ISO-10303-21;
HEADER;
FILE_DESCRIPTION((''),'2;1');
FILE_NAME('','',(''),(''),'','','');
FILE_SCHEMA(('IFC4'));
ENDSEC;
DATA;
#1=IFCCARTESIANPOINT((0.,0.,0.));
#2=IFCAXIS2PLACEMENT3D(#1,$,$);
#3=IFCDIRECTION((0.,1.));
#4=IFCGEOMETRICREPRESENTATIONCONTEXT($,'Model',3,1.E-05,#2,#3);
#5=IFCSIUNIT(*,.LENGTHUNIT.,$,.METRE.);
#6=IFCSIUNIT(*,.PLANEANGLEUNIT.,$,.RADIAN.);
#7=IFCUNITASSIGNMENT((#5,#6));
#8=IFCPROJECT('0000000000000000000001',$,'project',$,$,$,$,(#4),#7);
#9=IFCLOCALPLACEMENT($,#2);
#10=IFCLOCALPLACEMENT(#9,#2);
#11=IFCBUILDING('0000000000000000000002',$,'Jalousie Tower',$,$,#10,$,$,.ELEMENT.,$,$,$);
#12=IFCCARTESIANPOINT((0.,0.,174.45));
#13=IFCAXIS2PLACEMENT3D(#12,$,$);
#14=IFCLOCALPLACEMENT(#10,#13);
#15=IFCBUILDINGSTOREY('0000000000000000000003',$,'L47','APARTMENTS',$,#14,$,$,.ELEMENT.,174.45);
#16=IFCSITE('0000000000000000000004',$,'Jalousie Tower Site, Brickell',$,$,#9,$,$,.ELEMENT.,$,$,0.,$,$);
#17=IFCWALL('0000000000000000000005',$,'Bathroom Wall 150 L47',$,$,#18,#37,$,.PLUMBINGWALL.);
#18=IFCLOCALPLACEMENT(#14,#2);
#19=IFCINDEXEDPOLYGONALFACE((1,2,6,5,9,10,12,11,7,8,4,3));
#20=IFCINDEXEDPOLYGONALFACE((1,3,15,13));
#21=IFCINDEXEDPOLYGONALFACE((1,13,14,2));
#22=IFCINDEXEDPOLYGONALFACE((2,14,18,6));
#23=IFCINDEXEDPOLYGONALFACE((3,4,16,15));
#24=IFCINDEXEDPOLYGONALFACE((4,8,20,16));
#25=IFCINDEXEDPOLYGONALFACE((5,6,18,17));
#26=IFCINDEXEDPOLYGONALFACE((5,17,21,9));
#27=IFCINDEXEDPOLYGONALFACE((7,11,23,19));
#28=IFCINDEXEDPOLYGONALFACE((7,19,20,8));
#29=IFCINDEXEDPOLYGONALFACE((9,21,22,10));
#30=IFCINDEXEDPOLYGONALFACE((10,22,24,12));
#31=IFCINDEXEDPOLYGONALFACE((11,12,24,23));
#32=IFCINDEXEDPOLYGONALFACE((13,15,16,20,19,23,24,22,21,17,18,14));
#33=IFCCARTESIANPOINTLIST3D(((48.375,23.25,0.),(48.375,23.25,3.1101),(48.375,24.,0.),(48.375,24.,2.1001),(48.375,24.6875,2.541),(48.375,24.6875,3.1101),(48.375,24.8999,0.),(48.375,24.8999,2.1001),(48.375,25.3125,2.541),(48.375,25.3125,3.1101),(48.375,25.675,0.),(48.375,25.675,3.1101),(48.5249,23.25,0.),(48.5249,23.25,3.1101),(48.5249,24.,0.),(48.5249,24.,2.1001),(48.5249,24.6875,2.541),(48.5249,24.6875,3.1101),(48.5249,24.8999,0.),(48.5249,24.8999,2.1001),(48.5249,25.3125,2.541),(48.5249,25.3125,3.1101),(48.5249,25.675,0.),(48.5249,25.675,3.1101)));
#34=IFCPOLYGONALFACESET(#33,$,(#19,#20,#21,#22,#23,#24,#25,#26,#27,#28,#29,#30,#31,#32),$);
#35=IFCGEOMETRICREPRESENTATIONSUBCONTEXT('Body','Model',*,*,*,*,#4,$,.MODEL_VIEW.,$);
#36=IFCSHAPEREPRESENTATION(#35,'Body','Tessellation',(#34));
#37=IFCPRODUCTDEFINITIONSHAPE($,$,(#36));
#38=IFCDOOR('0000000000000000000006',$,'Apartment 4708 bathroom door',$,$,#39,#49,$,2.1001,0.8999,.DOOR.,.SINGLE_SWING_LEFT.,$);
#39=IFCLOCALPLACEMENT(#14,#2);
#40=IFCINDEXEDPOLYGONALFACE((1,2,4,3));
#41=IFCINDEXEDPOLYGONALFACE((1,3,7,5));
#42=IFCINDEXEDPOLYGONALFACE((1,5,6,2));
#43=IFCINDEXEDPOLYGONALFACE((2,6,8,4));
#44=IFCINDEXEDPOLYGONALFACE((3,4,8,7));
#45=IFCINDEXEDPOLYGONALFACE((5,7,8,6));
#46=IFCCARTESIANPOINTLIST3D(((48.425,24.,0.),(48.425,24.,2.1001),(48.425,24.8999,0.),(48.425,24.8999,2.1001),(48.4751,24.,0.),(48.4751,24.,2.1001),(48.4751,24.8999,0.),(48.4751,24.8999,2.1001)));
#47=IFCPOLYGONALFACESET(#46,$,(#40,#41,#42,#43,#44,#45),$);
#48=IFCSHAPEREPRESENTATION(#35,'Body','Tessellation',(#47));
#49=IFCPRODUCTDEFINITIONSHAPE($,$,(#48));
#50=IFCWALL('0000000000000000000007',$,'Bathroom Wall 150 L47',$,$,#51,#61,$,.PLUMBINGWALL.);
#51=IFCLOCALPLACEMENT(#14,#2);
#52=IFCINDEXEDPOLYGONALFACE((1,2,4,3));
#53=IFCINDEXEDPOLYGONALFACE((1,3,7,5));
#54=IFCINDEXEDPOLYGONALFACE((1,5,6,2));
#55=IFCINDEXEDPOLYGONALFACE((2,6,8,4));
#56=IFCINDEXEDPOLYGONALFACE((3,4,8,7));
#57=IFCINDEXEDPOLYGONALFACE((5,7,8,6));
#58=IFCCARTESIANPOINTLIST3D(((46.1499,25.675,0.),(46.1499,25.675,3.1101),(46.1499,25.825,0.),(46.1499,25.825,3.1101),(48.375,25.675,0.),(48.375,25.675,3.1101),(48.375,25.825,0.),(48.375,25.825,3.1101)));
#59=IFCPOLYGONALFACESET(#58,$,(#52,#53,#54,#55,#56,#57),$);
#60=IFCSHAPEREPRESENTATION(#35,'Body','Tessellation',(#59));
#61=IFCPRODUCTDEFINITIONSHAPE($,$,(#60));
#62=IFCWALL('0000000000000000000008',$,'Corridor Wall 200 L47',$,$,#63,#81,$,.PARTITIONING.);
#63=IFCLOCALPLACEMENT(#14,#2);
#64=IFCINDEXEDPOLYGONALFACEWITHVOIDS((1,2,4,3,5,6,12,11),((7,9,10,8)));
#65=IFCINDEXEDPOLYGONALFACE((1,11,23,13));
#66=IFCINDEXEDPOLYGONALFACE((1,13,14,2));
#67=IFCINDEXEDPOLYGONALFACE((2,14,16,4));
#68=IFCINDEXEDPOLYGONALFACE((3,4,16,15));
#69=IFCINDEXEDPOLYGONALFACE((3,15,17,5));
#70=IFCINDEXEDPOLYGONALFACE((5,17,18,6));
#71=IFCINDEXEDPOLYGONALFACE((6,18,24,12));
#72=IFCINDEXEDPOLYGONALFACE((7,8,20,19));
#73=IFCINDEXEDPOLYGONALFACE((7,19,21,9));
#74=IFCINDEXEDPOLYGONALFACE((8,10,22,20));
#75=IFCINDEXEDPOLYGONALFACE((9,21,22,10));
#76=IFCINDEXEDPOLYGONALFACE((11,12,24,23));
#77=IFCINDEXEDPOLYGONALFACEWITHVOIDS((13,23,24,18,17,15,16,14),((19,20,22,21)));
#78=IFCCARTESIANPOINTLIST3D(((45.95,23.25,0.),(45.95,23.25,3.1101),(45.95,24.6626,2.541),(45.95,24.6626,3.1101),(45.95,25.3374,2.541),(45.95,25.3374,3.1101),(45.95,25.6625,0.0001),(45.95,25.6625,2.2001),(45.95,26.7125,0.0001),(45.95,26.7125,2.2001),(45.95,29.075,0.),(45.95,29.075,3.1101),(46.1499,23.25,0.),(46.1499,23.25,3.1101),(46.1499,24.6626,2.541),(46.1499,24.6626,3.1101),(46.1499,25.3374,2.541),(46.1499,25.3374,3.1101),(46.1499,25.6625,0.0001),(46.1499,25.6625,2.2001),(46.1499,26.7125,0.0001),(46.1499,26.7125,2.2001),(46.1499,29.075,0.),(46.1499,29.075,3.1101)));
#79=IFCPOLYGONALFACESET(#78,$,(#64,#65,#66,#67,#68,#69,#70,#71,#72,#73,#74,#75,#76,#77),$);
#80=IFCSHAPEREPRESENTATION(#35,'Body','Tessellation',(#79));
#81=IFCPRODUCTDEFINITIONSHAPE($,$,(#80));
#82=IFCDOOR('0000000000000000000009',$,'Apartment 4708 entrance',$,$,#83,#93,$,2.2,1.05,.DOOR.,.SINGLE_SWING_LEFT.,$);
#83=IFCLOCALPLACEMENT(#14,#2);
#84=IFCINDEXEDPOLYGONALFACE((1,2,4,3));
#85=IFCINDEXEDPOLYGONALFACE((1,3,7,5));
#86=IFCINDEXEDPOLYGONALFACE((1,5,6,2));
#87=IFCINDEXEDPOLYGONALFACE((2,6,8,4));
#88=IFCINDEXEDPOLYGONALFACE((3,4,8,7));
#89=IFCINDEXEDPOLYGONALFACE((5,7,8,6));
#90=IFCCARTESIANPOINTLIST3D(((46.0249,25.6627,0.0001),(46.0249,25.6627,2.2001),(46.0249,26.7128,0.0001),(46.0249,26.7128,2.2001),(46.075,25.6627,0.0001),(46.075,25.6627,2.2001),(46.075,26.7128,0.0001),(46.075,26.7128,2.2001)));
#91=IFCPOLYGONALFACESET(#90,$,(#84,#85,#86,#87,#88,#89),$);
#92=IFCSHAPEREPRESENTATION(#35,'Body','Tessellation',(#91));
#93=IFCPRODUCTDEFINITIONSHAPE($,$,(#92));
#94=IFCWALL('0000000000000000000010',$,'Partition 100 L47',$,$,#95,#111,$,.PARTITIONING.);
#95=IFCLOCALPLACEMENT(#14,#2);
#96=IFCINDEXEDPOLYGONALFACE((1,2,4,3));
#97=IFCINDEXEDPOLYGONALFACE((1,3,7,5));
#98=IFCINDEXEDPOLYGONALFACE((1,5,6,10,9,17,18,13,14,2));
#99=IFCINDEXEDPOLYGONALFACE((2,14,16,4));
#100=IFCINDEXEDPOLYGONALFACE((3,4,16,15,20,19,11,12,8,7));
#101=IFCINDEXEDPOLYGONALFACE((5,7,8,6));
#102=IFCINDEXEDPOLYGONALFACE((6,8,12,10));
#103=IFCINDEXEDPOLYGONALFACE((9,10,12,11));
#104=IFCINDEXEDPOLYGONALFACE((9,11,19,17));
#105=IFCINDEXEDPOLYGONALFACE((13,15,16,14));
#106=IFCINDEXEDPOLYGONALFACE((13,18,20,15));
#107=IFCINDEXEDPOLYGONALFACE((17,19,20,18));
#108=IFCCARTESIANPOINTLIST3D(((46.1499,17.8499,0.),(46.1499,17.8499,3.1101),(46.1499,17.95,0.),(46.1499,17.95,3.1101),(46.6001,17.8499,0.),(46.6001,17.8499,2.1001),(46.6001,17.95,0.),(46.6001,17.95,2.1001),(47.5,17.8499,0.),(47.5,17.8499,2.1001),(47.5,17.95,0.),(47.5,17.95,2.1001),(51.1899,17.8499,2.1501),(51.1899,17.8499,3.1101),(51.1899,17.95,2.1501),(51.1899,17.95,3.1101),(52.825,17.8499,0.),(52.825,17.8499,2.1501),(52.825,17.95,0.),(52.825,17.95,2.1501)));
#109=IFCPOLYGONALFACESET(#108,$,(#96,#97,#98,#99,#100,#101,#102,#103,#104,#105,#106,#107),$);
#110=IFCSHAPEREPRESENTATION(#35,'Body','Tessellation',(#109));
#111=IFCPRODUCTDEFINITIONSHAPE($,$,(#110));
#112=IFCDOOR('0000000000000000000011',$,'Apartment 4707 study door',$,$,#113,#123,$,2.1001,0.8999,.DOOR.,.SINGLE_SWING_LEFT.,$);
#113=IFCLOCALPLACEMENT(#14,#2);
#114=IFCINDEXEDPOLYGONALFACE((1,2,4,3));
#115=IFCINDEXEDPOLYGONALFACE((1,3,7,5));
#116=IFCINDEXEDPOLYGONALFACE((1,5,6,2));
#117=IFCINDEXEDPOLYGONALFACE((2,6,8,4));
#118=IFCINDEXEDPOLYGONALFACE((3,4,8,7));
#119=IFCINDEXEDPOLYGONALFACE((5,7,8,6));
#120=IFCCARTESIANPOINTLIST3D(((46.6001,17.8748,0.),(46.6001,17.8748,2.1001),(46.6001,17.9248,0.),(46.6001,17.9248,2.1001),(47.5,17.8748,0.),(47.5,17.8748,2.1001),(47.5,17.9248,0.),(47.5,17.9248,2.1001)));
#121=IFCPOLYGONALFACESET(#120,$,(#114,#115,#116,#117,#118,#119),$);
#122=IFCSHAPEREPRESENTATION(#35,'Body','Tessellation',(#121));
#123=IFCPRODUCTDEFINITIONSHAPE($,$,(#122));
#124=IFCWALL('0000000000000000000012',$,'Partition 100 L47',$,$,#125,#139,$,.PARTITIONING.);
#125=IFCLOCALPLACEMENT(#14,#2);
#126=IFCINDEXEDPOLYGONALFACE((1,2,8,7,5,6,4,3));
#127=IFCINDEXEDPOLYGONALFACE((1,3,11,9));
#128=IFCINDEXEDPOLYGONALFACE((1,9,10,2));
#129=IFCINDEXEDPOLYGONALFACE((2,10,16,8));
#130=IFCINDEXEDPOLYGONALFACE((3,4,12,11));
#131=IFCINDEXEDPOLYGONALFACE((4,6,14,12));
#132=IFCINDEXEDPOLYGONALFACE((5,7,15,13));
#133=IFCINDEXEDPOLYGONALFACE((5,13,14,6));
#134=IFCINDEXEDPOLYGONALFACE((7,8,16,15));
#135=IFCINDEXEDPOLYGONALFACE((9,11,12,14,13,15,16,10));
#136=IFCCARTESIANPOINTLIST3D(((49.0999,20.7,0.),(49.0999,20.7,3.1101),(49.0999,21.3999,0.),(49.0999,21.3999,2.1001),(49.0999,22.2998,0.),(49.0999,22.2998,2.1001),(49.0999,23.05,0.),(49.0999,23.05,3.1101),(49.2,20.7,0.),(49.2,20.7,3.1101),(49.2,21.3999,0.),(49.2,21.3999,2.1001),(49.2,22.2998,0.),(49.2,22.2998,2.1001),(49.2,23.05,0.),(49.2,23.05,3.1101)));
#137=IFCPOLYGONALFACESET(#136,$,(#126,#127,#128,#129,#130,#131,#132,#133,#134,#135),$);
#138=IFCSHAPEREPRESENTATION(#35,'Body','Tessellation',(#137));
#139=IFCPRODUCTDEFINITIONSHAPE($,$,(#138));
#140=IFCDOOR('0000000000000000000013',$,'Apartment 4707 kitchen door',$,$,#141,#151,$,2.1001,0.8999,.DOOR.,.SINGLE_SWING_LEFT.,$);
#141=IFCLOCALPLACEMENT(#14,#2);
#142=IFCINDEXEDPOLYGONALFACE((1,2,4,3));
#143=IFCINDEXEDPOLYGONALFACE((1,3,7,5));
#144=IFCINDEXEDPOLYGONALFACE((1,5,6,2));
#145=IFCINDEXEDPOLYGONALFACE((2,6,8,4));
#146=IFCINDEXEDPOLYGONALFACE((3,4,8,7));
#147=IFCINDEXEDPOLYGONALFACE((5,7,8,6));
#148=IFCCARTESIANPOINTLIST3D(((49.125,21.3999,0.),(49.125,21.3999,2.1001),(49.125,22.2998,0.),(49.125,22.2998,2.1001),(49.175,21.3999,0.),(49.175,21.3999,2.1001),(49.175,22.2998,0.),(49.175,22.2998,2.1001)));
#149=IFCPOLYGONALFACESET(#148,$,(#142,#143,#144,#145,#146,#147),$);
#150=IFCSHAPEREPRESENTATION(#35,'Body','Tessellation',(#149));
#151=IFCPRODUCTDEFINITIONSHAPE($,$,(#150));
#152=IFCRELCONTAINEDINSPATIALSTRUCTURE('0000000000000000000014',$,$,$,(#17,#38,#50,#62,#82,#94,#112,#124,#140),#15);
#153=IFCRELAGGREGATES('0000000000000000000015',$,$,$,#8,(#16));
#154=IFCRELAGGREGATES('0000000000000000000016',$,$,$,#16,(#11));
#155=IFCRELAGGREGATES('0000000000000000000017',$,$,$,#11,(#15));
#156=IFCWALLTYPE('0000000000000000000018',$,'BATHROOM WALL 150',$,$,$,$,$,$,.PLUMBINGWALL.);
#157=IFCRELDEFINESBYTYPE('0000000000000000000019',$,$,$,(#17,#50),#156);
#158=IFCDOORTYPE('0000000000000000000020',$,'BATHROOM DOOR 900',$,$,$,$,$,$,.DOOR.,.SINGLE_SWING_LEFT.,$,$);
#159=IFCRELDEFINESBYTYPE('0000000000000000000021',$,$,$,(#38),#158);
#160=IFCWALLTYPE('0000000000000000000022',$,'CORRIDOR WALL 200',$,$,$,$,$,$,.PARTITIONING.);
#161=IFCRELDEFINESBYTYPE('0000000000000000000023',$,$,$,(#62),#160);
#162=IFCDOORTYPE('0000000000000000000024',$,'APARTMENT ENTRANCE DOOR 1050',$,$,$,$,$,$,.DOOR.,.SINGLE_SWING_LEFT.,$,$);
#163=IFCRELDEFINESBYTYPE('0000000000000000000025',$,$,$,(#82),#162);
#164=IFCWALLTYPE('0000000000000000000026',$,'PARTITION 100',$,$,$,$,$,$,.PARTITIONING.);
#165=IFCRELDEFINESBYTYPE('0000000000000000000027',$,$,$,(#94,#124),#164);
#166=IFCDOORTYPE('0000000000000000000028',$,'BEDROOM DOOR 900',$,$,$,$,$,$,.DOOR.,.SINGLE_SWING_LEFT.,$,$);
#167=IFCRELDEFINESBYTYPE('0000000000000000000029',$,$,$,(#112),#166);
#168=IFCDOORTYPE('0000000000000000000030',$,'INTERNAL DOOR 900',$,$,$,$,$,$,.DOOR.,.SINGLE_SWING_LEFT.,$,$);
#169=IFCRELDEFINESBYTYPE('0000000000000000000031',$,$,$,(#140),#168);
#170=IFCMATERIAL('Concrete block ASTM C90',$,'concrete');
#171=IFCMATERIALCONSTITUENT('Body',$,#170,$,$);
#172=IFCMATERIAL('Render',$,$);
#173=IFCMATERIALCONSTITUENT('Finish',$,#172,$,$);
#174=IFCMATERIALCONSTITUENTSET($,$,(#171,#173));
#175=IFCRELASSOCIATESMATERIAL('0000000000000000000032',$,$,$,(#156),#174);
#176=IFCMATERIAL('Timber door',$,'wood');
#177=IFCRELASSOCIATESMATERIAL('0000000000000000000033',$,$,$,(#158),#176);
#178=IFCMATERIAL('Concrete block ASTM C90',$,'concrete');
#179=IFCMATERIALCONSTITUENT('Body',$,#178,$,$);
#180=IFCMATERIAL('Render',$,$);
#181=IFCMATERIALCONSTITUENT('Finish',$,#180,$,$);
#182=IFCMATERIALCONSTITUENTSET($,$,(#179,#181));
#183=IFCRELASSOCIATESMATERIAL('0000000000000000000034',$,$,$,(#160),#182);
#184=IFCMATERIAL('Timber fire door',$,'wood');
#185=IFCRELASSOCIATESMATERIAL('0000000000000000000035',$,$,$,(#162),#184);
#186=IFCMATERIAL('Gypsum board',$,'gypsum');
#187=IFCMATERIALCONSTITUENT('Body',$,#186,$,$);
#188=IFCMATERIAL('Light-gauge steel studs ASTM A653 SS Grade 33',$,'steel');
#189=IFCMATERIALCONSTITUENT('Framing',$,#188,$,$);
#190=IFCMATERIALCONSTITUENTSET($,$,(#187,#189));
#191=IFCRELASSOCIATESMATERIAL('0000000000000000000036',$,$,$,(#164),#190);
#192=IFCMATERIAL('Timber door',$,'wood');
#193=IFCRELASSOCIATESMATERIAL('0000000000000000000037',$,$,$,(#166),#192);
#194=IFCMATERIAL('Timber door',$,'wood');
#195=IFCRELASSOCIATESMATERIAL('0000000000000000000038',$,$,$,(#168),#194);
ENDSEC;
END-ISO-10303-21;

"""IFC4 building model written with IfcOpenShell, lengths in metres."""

from ifc_helpers import new_model, si_unit, direction, frame, frame_2d, origin, place, context, subcontext, project, spatial, polyline, rectangle, outline, extrude, material, constituent, constituent_set, type_object, element, fill, save


model = new_model("IFC4")

# Units and contexts
model_context = context("Model", 3, precision=1e-05, world=origin(), true_north=direction((0.0, 1.0)))
body_context = subcontext(model_context, "Body", "Model", "MODEL_VIEW")
ifc_project = project(units=[si_unit("LENGTHUNIT", "METRE"), si_unit("PLANEANGLEUNIT", "RADIAN")], contexts=[model_context])

# Site, building, storey
site_placement = place(None, origin())
site = spatial("IfcSite", under=ifc_project, at=site_placement, Name="Jalousie Tower Site, Brickell", CompositionType="ELEMENT", RefElevation=0.0)
building_placement = place(site_placement, origin())
building = spatial("IfcBuilding", under=site, at=building_placement, Name="Jalousie Tower", CompositionType="ELEMENT")
storey_placement = place(building_placement, frame((0.0, 0.0, 174.45)))
storey = spatial("IfcBuildingStorey", under=building, at=storey_placement, Name="L47", Description="APARTMENTS", CompositionType="ELEMENT", Elevation=174.45)

# Shared definitions
ifc_material_1 = material(Name="Concrete block ASTM C90", Category="concrete")
ifc_constituent_1 = constituent(ifc_material_1, Name="Body")
ifc_material_2 = material(Name="Render")
ifc_constituent_2 = constituent(ifc_material_2, Name="Finish")
ifc_constituent_set_1 = constituent_set(constituents=[ifc_constituent_1, ifc_constituent_2])
wall_type_1 = type_object("IfcWallType", Name="BATHROOM WALL 150", PredefinedType="PLUMBINGWALL", material=ifc_constituent_set_1)

# Wall, opening, door
wall_1_placement = place(storey_placement, frame((48.45, 23.25, 0.0), z_axis=(0.0, 0.0, 1.0), x_axis=(0.0, 1.0, 0.0)))
wall_1 = element("IfcWall", 1, at=wall_1_placement, inside=storey, type_object=wall_type_1, Name="Bathroom Wall 150 L47", PredefinedType="PLUMBINGWALL", context=body_context, shape_type="SweptSolid", body=[
    extrude(outline(polyline([(0.0, 0.0), (2.425, 0.0), (2.425, 3.1101), (2.0625, 3.1101), (2.0625, 2.541), (1.4375, 2.541), (1.4375, 3.1101), (0.0, 3.1101), (0.0, 0.0)])), frame((0.0, 0.075, 0.0), z_axis=(0.0, -1.0, 0.0), x_axis=(1.0, 0.0, 0.0)), (0.0, 0.0, 1.0), 0.1499),
])
opening_1_placement = place(wall_1_placement, frame((0.75, 0.0, 0.0)))
opening_1 = element("IfcOpeningElement", 2, at=opening_1_placement, cuts=wall_1, PredefinedType="OPENING", context=body_context, shape_type="SweptSolid", body=[
    extrude(rectangle(XDim=0.8999, YDim=2.1001, at=frame_2d((0.45, 1.05))), frame((0.0, 0.085, 0.0), z_axis=(0.0, -1.0, 0.0), x_axis=(1.0, 0.0, 0.0)), (0.0, 0.0, 1.0), 0.1699),
])
ifc_material_3 = material(Name="Timber door", Category="wood")
door_type_1 = type_object("IfcDoorType", Name="BATHROOM DOOR 900", OperationType="SINGLE_SWING_LEFT", PredefinedType="DOOR", material=ifc_material_3)
door_1_placement = place(opening_1_placement, origin())
door_1 = element("IfcDoor", 3, at=door_1_placement, inside=storey, type_object=door_type_1, Name="Apartment 4708 bathroom door", OperationType="SINGLE_SWING_LEFT", OverallHeight=2.1001, OverallWidth=0.8999, PredefinedType="DOOR", context=body_context, shape_type="SweptSolid", body=[
    extrude(rectangle(XDim=0.8999, YDim=2.1001, at=frame_2d((0.45, 1.05))), frame((0.0, 0.0249, 0.0), z_axis=(0.0, -1.0, 0.0), x_axis=(1.0, 0.0, 0.0)), (0.0, 0.0, 1.0), 0.05),
])
fill(opening_1, door_1)

# Wall
wall_2_placement = place(storey_placement, frame((48.375, 25.75, 0.0), z_axis=(0.0, 0.0, 1.0), x_axis=(-1.0, 0.0, 0.0)))
element("IfcWall", 4, at=wall_2_placement, inside=storey, type_object=wall_type_1, Name="Bathroom Wall 150 L47", PredefinedType="PLUMBINGWALL", context=body_context, shape_type="SweptSolid", body=[
    extrude(rectangle(XDim=2.2251, YDim=0.1499, at=frame_2d((1.1125, 0.0))), origin(), (0.0, 0.0, 1.0), 3.1101),
])

# Walls, openings, doors
ifc_material_4 = material(Name="Concrete block ASTM C90", Category="concrete")
ifc_constituent_3 = constituent(ifc_material_4, Name="Body")
ifc_material_5 = material(Name="Render")
ifc_constituent_4 = constituent(ifc_material_5, Name="Finish")
ifc_constituent_set_2 = constituent_set(constituents=[ifc_constituent_3, ifc_constituent_4])
wall_type_2 = type_object("IfcWallType", Name="CORRIDOR WALL 200", PredefinedType="PARTITIONING", material=ifc_constituent_set_2)
wall_3_placement = place(storey_placement, frame((46.05, 23.25, 0.0), z_axis=(0.0, 0.0, 1.0), x_axis=(0.0, 1.0, 0.0)))
wall_3 = element("IfcWall", 5, at=wall_3_placement, inside=storey, type_object=wall_type_2, Name="Corridor Wall 200 L47", PredefinedType="PARTITIONING", context=body_context, shape_type="SweptSolid", body=[
    extrude(outline(polyline([(0.0, 0.0), (5.825, 0.0), (5.825, 3.1101), (2.0874, 3.1101), (2.0874, 2.541), (1.4126, 2.541), (1.4126, 3.1101), (0.0, 3.1101), (0.0, 0.0)])), frame((0.0, 0.1001, 0.0), z_axis=(0.0, -1.0, 0.0), x_axis=(1.0, 0.0, 0.0)), (0.0, 0.0, 1.0), 0.2),
])
opening_2_placement = place(wall_3_placement, frame((2.4126, 0.0, 0.0)))
opening_2 = element("IfcOpeningElement", 6, at=opening_2_placement, cuts=wall_3, PredefinedType="OPENING", context=body_context, shape_type="SweptSolid", body=[
    extrude(rectangle(XDim=1.05, YDim=2.2, at=frame_2d((0.5249, 1.1001))), frame((0.0, 0.1099, 0.0), z_axis=(0.0, -1.0, 0.0), x_axis=(1.0, 0.0, 0.0)), (0.0, 0.0, 1.0), 0.22),
])
ifc_material_6 = material(Name="Timber fire door", Category="wood")
door_type_2 = type_object("IfcDoorType", Name="APARTMENT ENTRANCE DOOR 1050", OperationType="SINGLE_SWING_LEFT", PredefinedType="DOOR", material=ifc_material_6)
door_2_placement = place(opening_2_placement, frame((1.05, 0.0, 0.0), z_axis=(0.0, 0.0, 1.0), x_axis=(-1.0, 0.0, 0.0)))
door_2 = element("IfcDoor", 7, at=door_2_placement, inside=storey, type_object=door_type_2, Name="Apartment 4708 entrance", OperationType="SINGLE_SWING_LEFT", OverallHeight=2.2, OverallWidth=1.05, PredefinedType="DOOR", context=body_context, shape_type="SweptSolid", body=[
    extrude(rectangle(XDim=1.05, YDim=2.2, at=frame_2d((0.5249, 1.1001))), frame((0.0, 0.0249, 0.0), z_axis=(0.0, -1.0, 0.0), x_axis=(1.0, 0.0, 0.0)), (0.0, 0.0, 1.0), 0.05),
])
fill(opening_2, door_2)
ifc_material_7 = material(Name="Gypsum board", Category="gypsum")
ifc_constituent_5 = constituent(ifc_material_7, Name="Body")
ifc_material_8 = material(Name="Light-gauge steel studs ASTM A653 SS Grade 33", Category="steel")
ifc_constituent_6 = constituent(ifc_material_8, Name="Framing")
ifc_constituent_set_3 = constituent_set(constituents=[ifc_constituent_5, ifc_constituent_6])
wall_type_3 = type_object("IfcWallType", Name="PARTITION 100", PredefinedType="PARTITIONING", material=ifc_constituent_set_3)
wall_4_placement = place(storey_placement, frame((52.825, 17.8999, 0.0), z_axis=(0.0, 0.0, 1.0), x_axis=(-1.0, 0.0, 0.0)))
wall_4 = element("IfcWall", 8, at=wall_4_placement, inside=storey, type_object=wall_type_3, Name="Partition 100 L47", PredefinedType="PARTITIONING", context=body_context, shape_type="SweptSolid", body=[
    extrude(outline(polyline([(0.0, 0.0), (6.675, 0.0), (6.675, 3.1101), (1.635, 3.1101), (1.635, 2.1501), (0.0, 2.1501), (0.0, 3.1101), (0.0, 0.0)])), frame((0.0, 0.05, 0.0), z_axis=(0.0, -1.0, 0.0), x_axis=(1.0, 0.0, 0.0)), (0.0, 0.0, 1.0), 0.1001),
])
opening_3_placement = place(wall_4_placement, frame((5.325, 0.0, 0.0)))
opening_3 = element("IfcOpeningElement", 9, at=opening_3_placement, cuts=wall_4, PredefinedType="OPENING", context=body_context, shape_type="SweptSolid", body=[
    extrude(rectangle(XDim=0.8999, YDim=2.1001, at=frame_2d((0.45, 1.05))), frame((0.0, 0.0601, 0.0), z_axis=(0.0, -1.0, 0.0), x_axis=(1.0, 0.0, 0.0)), (0.0, 0.0, 1.0), 0.1201),
])
ifc_material_9 = material(Name="Timber door", Category="wood")
door_type_3 = type_object("IfcDoorType", Name="BEDROOM DOOR 900", OperationType="SINGLE_SWING_LEFT", PredefinedType="DOOR", material=ifc_material_9)
door_3_placement = place(opening_3_placement, frame((0.8999, 0.0, 0.0), z_axis=(0.0, 0.0, 1.0), x_axis=(-1.0, 0.0, 0.0)))
door_3 = element("IfcDoor", 10, at=door_3_placement, inside=storey, type_object=door_type_3, Name="Apartment 4707 study door", OperationType="SINGLE_SWING_LEFT", OverallHeight=2.1001, OverallWidth=0.8999, PredefinedType="DOOR", context=body_context, shape_type="SweptSolid", body=[
    extrude(rectangle(XDim=0.8999, YDim=2.1001, at=frame_2d((0.45, 1.05))), frame((0.0, 0.0249, 0.0), z_axis=(0.0, -1.0, 0.0), x_axis=(1.0, 0.0, 0.0)), (0.0, 0.0, 1.0), 0.05),
])
fill(opening_3, door_3)
wall_5_placement = place(storey_placement, frame((49.1499, 20.7, 0.0), z_axis=(0.0, 0.0, 1.0), x_axis=(0.0, 1.0, 0.0)))
wall_5 = element("IfcWall", 11, at=wall_5_placement, inside=storey, type_object=wall_type_3, Name="Partition 100 L47", PredefinedType="PARTITIONING", context=body_context, shape_type="SweptSolid", body=[
    extrude(rectangle(XDim=2.3501, YDim=0.1001, at=frame_2d((1.175, 0.0))), origin(), (0.0, 0.0, 1.0), 3.1101),
])
opening_4_placement = place(wall_5_placement, frame((0.7, 0.0, 0.0)))
opening_4 = element("IfcOpeningElement", 12, at=opening_4_placement, cuts=wall_5, PredefinedType="OPENING", context=body_context, shape_type="SweptSolid", body=[
    extrude(rectangle(XDim=0.8999, YDim=2.1001, at=frame_2d((0.45, 1.05))), frame((0.0, 0.0601, 0.0), z_axis=(0.0, -1.0, 0.0), x_axis=(1.0, 0.0, 0.0)), (0.0, 0.0, 1.0), 0.1201),
])
ifc_material_10 = material(Name="Timber door", Category="wood")
door_type_4 = type_object("IfcDoorType", Name="INTERNAL DOOR 900", OperationType="SINGLE_SWING_LEFT", PredefinedType="DOOR", material=ifc_material_10)
door_4_placement = place(opening_4_placement, origin())
door_4 = element("IfcDoor", 13, at=door_4_placement, inside=storey, type_object=door_type_4, Name="Apartment 4707 kitchen door", OperationType="SINGLE_SWING_LEFT", OverallHeight=2.1001, OverallWidth=0.8999, PredefinedType="DOOR", context=body_context, shape_type="SweptSolid", body=[
    extrude(rectangle(XDim=0.8999, YDim=2.1001, at=frame_2d((0.45, 1.05))), frame((0.0, 0.0249, 0.0), z_axis=(0.0, -1.0, 0.0), x_axis=(1.0, 0.0, 0.0)), (0.0, 0.0, 1.0), 0.05),
])
fill(opening_4, door_4)

save(model, "model.ifc")
